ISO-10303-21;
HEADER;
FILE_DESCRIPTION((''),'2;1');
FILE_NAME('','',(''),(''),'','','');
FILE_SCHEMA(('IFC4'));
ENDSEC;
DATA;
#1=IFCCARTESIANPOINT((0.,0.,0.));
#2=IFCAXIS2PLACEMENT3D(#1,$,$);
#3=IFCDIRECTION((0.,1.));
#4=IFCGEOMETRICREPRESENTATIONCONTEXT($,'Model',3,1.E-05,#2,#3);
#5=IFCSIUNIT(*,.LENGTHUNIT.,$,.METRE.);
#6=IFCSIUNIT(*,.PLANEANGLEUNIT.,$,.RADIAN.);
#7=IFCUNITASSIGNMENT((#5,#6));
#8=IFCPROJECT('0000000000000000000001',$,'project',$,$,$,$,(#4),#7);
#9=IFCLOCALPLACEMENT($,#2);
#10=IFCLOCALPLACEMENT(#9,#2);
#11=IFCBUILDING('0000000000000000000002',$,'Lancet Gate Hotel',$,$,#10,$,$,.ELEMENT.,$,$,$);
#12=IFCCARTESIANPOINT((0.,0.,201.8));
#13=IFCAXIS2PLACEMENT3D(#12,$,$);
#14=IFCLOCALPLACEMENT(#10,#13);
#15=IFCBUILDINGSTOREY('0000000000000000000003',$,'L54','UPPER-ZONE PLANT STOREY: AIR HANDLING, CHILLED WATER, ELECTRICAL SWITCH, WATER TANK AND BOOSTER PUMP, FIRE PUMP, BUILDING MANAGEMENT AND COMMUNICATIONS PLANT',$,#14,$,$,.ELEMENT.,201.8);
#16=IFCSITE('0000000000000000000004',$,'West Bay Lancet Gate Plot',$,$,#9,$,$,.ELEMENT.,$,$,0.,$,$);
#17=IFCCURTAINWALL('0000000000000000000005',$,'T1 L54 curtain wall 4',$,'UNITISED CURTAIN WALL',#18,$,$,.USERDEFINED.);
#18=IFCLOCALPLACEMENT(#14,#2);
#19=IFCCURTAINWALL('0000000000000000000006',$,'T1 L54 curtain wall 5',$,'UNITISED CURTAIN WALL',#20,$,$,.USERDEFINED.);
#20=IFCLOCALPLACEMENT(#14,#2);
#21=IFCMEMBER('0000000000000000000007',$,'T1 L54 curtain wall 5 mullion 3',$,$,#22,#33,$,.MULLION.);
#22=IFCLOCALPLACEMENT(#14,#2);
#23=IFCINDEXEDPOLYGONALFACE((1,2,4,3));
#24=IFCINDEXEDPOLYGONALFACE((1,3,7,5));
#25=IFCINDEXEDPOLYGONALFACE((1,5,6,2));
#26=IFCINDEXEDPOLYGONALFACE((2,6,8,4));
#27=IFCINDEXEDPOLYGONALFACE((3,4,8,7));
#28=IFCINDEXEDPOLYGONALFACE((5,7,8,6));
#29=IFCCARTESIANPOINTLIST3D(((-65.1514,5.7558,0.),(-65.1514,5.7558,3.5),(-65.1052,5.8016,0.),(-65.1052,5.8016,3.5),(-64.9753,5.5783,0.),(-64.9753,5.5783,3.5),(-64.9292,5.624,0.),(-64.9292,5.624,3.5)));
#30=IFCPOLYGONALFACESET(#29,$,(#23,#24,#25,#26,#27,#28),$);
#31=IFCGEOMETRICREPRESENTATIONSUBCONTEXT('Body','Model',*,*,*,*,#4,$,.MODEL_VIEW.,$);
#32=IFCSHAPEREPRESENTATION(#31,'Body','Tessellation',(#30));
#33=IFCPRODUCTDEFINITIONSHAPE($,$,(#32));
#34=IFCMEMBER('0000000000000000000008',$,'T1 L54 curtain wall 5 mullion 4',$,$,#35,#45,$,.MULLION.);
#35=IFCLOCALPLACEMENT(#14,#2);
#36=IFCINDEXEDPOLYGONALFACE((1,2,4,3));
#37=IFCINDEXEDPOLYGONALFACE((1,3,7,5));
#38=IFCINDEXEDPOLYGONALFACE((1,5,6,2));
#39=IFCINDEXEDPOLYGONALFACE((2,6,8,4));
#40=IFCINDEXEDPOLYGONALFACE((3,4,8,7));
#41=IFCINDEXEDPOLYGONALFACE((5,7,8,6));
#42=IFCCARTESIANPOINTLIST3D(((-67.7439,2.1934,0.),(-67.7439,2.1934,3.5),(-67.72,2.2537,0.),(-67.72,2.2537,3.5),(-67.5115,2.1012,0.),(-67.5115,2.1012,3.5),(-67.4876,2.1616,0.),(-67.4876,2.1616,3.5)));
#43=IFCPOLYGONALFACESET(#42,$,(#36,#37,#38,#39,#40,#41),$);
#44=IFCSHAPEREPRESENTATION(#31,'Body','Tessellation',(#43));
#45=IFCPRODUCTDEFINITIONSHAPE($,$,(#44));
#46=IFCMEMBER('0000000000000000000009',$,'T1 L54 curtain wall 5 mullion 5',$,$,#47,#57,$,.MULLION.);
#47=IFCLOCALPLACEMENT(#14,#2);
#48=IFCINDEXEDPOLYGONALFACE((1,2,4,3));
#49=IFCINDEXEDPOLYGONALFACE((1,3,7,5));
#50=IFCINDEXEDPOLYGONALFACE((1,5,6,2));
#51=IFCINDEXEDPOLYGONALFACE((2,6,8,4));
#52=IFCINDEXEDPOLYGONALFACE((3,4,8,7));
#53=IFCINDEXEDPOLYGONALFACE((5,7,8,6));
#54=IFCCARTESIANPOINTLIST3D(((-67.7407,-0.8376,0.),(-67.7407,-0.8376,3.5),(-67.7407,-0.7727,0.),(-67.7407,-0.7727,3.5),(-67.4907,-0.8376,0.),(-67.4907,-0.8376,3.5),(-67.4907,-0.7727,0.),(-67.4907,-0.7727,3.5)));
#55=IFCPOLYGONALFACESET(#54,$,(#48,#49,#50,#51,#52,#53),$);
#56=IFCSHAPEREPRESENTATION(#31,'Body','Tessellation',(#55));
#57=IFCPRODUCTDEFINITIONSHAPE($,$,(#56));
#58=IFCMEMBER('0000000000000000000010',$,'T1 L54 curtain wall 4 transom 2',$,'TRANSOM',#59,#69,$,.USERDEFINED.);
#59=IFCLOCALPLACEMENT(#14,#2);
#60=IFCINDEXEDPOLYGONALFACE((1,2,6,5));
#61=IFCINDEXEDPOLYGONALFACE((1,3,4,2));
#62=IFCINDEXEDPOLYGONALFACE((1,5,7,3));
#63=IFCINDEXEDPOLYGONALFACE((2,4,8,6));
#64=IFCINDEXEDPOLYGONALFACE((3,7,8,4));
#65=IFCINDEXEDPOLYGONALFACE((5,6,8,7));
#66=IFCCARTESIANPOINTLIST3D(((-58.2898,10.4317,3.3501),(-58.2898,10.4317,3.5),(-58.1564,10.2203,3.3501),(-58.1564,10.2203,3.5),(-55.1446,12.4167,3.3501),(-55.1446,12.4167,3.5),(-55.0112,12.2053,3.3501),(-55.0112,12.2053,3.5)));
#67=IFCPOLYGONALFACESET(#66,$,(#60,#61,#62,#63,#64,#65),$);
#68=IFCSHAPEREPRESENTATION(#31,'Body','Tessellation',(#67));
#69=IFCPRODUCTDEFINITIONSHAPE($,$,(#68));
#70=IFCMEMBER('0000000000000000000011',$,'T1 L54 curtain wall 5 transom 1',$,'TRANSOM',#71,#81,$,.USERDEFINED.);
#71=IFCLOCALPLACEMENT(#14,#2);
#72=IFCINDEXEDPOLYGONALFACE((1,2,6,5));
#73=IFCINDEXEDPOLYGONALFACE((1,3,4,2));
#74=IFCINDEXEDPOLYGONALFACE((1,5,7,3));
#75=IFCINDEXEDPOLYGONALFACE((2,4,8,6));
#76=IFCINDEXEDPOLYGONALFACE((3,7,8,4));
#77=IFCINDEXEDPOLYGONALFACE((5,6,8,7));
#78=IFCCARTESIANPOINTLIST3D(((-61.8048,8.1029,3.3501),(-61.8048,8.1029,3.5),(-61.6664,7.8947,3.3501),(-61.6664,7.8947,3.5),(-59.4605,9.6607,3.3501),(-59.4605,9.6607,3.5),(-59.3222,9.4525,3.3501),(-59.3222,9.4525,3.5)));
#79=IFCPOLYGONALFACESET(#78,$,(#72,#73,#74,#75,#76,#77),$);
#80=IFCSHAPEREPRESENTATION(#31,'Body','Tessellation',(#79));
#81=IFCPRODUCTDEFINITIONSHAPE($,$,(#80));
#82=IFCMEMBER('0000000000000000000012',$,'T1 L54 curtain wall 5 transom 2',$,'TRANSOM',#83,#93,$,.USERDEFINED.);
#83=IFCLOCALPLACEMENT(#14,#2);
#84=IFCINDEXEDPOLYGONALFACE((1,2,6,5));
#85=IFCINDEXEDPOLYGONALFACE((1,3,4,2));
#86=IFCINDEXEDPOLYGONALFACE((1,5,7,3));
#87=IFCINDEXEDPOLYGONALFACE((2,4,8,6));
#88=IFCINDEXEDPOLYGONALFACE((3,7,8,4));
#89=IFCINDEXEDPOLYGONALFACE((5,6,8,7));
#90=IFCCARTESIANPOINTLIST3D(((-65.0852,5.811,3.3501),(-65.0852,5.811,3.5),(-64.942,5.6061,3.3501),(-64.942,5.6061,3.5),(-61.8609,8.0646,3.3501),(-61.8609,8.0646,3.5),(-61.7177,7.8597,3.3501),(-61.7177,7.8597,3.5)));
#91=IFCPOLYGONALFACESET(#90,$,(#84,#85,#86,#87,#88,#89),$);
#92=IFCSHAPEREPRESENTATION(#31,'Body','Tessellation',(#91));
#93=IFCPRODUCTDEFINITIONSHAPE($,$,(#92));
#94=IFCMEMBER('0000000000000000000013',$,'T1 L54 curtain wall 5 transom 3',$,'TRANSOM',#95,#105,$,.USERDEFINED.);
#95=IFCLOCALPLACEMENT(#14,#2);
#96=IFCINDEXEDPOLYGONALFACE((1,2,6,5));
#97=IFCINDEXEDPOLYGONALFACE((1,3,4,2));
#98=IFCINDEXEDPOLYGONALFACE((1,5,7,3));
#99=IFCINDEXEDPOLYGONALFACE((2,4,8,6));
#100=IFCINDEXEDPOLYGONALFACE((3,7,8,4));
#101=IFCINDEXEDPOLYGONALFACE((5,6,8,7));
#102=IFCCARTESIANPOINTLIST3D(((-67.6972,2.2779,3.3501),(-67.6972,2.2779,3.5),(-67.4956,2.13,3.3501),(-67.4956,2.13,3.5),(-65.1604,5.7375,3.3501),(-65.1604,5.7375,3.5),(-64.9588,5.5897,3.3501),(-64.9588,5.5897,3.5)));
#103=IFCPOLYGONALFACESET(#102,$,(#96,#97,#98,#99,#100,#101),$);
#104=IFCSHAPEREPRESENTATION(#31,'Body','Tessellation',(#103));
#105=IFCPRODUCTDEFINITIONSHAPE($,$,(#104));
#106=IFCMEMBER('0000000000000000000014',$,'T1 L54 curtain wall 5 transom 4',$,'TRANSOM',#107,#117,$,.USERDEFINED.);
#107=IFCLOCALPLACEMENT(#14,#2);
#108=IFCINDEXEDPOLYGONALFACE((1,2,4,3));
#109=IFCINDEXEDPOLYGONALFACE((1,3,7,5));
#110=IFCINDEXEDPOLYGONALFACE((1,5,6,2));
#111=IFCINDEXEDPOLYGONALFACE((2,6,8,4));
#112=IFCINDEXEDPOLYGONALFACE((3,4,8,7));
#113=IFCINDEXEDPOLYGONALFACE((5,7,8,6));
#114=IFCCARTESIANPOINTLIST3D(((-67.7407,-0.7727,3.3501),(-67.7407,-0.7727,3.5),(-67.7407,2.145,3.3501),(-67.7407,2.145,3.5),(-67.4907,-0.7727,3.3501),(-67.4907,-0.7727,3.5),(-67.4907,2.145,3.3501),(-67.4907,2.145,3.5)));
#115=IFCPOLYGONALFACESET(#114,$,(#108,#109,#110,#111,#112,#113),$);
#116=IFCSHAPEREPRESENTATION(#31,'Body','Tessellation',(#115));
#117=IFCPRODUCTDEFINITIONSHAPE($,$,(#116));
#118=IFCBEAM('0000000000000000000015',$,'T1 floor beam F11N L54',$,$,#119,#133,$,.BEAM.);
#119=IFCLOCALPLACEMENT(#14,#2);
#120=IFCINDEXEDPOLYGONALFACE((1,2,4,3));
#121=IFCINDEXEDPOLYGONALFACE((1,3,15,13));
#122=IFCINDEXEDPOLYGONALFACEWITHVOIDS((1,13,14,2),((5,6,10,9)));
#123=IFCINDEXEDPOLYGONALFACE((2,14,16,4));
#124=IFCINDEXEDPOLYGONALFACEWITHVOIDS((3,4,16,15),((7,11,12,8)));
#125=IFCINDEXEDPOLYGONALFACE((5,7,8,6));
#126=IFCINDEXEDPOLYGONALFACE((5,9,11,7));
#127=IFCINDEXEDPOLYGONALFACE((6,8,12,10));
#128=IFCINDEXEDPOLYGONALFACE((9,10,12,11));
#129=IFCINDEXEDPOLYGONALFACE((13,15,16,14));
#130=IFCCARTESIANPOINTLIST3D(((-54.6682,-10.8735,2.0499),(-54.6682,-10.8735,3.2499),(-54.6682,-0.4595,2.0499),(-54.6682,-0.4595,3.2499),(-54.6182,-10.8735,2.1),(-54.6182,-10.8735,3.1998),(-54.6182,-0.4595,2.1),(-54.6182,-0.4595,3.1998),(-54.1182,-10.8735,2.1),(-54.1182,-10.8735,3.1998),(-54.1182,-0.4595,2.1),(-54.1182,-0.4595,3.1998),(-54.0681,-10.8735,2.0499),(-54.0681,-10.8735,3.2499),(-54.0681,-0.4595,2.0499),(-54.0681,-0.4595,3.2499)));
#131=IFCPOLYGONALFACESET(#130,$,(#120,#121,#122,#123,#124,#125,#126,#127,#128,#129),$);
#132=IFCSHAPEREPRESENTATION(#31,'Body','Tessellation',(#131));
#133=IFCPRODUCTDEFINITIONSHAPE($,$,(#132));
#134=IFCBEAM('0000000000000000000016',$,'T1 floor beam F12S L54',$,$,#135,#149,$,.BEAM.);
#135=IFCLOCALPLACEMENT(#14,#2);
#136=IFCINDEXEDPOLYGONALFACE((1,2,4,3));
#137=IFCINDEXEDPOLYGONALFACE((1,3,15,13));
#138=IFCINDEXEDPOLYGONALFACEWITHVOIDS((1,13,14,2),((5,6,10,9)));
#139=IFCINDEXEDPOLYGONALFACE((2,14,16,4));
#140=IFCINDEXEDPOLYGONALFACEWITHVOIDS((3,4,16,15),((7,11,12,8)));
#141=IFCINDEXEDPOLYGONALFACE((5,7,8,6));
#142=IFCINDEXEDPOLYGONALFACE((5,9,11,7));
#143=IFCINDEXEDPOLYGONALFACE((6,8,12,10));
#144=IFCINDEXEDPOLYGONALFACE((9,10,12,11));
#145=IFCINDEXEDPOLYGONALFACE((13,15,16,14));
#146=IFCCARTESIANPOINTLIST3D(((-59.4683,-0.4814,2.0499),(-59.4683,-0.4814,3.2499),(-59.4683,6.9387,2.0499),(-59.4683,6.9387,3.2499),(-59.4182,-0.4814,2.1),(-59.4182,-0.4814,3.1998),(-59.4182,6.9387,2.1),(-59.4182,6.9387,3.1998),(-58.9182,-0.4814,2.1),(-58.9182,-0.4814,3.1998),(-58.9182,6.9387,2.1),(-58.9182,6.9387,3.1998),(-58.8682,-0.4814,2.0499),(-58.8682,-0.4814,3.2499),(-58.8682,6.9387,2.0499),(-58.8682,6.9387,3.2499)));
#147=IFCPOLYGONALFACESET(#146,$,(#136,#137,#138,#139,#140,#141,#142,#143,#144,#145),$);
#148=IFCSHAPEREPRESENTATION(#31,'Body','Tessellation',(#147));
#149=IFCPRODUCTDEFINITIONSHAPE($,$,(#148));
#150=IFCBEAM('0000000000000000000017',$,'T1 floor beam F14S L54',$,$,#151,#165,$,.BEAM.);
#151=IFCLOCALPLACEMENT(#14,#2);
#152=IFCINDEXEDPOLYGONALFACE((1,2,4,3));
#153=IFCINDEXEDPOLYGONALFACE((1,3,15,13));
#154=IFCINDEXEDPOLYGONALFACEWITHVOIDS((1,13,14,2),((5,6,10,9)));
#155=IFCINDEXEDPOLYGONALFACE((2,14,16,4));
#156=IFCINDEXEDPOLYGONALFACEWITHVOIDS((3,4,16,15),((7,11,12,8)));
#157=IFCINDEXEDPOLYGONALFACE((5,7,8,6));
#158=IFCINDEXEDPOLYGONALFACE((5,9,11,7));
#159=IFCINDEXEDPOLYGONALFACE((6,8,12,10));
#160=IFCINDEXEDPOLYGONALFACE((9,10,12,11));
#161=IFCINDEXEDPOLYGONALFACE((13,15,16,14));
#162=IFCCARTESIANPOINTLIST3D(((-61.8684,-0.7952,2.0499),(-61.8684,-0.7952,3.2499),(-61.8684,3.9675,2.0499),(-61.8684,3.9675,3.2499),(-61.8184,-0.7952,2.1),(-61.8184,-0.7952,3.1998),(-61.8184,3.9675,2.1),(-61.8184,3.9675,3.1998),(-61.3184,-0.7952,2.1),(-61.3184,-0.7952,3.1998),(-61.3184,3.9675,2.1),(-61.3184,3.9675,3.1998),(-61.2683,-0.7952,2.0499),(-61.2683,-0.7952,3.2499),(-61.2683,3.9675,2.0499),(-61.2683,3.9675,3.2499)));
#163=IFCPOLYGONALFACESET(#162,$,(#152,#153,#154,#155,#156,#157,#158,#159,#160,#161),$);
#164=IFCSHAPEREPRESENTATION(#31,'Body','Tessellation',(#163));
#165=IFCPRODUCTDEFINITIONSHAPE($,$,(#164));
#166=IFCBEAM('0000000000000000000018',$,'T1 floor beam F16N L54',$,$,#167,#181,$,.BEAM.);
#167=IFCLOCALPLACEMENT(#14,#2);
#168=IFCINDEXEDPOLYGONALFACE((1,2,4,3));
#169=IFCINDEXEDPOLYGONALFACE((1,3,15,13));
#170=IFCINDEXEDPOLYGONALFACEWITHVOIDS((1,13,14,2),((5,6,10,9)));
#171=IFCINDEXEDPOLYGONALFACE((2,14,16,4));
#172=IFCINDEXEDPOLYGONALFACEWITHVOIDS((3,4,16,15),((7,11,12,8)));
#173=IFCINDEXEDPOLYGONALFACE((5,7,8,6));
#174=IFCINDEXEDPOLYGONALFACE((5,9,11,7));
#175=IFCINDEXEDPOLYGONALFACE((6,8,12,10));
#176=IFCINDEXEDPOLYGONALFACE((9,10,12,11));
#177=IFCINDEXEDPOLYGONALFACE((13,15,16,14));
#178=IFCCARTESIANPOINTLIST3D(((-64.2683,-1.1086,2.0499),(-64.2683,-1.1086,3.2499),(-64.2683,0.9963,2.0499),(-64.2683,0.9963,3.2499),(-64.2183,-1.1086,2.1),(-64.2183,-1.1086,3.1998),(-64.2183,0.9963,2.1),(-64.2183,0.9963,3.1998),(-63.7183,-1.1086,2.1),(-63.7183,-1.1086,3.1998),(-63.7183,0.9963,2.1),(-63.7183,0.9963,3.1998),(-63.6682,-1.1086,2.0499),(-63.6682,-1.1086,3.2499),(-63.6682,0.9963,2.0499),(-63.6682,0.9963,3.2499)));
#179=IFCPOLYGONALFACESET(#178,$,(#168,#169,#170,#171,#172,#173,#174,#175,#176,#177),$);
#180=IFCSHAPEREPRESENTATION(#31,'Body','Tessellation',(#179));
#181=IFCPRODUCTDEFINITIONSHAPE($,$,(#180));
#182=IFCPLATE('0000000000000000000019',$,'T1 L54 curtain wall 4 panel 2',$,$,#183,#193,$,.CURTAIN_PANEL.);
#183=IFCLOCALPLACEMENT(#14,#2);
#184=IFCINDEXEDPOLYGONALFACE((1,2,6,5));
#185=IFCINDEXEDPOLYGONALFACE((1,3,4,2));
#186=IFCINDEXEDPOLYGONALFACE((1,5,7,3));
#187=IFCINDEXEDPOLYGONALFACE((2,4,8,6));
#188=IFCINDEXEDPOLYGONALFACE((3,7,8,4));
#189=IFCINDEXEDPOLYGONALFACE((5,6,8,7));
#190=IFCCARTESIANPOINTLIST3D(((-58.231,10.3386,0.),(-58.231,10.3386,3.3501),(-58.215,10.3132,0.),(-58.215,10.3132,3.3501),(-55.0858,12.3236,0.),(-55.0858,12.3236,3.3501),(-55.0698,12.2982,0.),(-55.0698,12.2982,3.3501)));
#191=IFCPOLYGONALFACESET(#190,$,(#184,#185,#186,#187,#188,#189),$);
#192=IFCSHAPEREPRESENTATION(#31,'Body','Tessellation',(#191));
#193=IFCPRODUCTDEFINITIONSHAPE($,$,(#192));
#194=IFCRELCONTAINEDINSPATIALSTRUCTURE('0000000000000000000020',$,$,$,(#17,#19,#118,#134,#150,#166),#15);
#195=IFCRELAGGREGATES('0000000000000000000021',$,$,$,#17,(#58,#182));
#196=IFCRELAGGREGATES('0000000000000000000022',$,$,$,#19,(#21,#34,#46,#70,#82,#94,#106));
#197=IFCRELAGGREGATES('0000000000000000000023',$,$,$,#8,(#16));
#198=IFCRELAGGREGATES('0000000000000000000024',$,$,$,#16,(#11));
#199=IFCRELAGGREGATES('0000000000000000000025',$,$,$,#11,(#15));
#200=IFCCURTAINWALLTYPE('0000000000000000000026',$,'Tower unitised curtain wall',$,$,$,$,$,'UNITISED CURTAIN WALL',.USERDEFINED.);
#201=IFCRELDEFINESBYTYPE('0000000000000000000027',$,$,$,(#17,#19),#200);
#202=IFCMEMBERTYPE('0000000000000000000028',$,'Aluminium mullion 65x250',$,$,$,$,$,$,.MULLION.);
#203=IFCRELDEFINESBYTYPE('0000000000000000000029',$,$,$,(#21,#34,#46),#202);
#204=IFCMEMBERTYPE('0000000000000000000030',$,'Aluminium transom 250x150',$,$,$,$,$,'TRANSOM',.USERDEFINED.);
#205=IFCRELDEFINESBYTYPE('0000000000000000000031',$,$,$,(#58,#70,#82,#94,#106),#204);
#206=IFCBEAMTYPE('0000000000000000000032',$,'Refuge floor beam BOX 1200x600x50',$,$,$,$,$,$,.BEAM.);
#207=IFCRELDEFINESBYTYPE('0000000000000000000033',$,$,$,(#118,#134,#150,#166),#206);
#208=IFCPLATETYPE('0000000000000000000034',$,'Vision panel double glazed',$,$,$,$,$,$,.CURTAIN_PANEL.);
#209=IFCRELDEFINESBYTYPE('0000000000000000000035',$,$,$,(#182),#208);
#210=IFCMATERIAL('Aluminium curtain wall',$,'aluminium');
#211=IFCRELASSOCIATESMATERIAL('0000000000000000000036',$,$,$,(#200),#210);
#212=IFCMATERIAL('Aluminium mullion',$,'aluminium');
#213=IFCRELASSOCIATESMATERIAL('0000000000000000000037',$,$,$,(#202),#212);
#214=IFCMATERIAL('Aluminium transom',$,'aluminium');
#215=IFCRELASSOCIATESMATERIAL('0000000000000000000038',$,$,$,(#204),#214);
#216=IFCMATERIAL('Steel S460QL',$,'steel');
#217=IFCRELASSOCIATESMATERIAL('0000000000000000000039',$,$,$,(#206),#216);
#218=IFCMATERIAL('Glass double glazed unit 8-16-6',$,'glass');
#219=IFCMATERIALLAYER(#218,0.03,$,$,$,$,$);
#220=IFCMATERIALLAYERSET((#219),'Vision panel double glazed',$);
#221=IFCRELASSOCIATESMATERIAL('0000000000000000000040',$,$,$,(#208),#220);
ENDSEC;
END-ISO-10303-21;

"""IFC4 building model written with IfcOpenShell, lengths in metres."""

from ifc_helpers import new_model, si_unit, direction, frame, origin, origin_2d, place, context, subcontext, project, spatial, rectangle, hollow_rectangle, extrude, material, layer, layer_set, material_profile, profile_set, type_object, element, aggregate, save


model = new_model("IFC4")

# Units and contexts
model_context = context("Model", 3, precision=1e-05, world=origin(), true_north=direction((0.0, 1.0)))
body_context = subcontext(model_context, "Body", "Model", "MODEL_VIEW")
ifc_project = project(units=[si_unit("LENGTHUNIT", "METRE"), si_unit("PLANEANGLEUNIT", "RADIAN")], contexts=[model_context])

# Site, building, storey
site_placement = place(None, origin())
site = spatial("IfcSite", under=ifc_project, at=site_placement, Name="West Bay Lancet Gate Plot", CompositionType="ELEMENT", RefElevation=0.0)
building_placement = place(site_placement, origin())
building = spatial("IfcBuilding", under=site, at=building_placement, Name="Lancet Gate Hotel", CompositionType="ELEMENT")
storey_placement = place(building_placement, frame((0.0, 0.0, 201.8)))
storey = spatial("IfcBuildingStorey", under=building, at=storey_placement, Name="L54", Description="UPPER-ZONE PLANT STOREY: AIR HANDLING, CHILLED WATER, ELECTRICAL SWITCH, WATER TANK AND BOOSTER PUMP, FIRE PUMP, BUILDING MANAGEMENT AND COMMUNICATIONS PLANT", CompositionType="ELEMENT", Elevation=201.8)

# Curtain walls, members
ifc_material_1 = material(Name="Aluminium curtain wall", Category="aluminium")
curtain_wall_type = type_object("IfcCurtainWallType", Name="Tower unitised curtain wall", ElementType="UNITISED CURTAIN WALL", PredefinedType="USERDEFINED", material=ifc_material_1)
curtain_wall_1_placement = place(storey_placement, origin())
curtain_wall_1 = element("IfcCurtainWall", 1, at=curtain_wall_1_placement, inside=storey, type_object=curtain_wall_type, Name="T1 L54 curtain wall 4", ObjectType="UNITISED CURTAIN WALL", PredefinedType="USERDEFINED")
ifc_material_2 = material(Name="Aluminium mullion", Category="aluminium")
ifc_material_profile_1 = material_profile(ifc_material_2, rectangle(XDim=0.0649, YDim=0.25, at=origin_2d()), Name="MULLION 65x250")
ifc_profile_set_1 = profile_set([ifc_material_profile_1], Name="Aluminium mullion")
member_type_1 = type_object("IfcMemberType", Name="Aluminium mullion 65x250", PredefinedType="MULLION", material=ifc_profile_set_1)
curtain_wall_2_placement = place(storey_placement, origin())
curtain_wall_2 = element("IfcCurtainWall", 2, at=curtain_wall_2_placement, inside=storey, type_object=curtain_wall_type, Name="T1 L54 curtain wall 5", ObjectType="UNITISED CURTAIN WALL", PredefinedType="USERDEFINED")
member_1_placement = place(storey_placement, frame((-65.0403, 5.6899, 0.0), z_axis=(0.0, 0.0, 1.0), x_axis=(-0.710113, -0.704088, 0.0)))
member_1 = element("IfcMember", 3, at=member_1_placement, type_object=member_type_1, Name="T1 L54 curtain wall 5 mullion 3", PredefinedType="MULLION", context=body_context, shape_type="SweptSolid", body=[
    extrude(rectangle(XDim=0.0649, YDim=0.25, at=origin_2d()), origin(), (0.0, 0.0, 1.0), 3.5),
])
member_2_placement = place(storey_placement, frame((-67.6157, 2.1775, 0.0), z_axis=(0.0, 0.0, 1.0), x_axis=(-0.36858, -0.929596, 0.0)))
member_2 = element("IfcMember", 4, at=member_2_placement, type_object=member_type_1, Name="T1 L54 curtain wall 5 mullion 4", PredefinedType="MULLION", context=body_context, shape_type="SweptSolid", body=[
    extrude(rectangle(XDim=0.0649, YDim=0.25, at=origin_2d()), origin(), (0.0, 0.0, 1.0), 3.5),
])
member_3_placement = place(storey_placement, frame((-67.6157, -0.8052, 0.0), z_axis=(0.0, 0.0, 1.0), x_axis=(0.0, -1.0, 0.0)))
member_3 = element("IfcMember", 5, at=member_3_placement, type_object=member_type_1, Name="T1 L54 curtain wall 5 mullion 5", PredefinedType="MULLION", context=body_context, shape_type="SweptSolid", body=[
    extrude(rectangle(XDim=0.0649, YDim=0.25, at=origin_2d()), origin(), (0.0, 0.0, 1.0), 3.5),
])

# Members
ifc_material_3 = material(Name="Aluminium transom", Category="aluminium")
ifc_material_profile_2 = material_profile(ifc_material_3, rectangle(XDim=0.25, YDim=0.1499, at=origin_2d()), Name="TRANSOM 250x150")
ifc_profile_set_2 = profile_set([ifc_material_profile_2], Name="Aluminium transom")
member_type_2 = type_object("IfcMemberType", Name="Aluminium transom 250x150", ElementType="TRANSOM", PredefinedType="USERDEFINED", material=ifc_profile_set_2)
member_4_placement = place(storey_placement, frame((-55.0779, 12.311, 3.425), z_axis=(-0.845656, -0.533729, 0.0), x_axis=(0.533729, -0.845656, 0.0)))
member_4 = element("IfcMember", 6, at=member_4_placement, type_object=member_type_2, Name="T1 L54 curtain wall 4 transom 2", ObjectType="TRANSOM", PredefinedType="USERDEFINED", context=body_context, shape_type="SweptSolid", body=[
    extrude(rectangle(XDim=0.25, YDim=0.1499, at=origin_2d()), origin(), (0.0, 0.0, 1.0), 3.7192),
])
member_5_placement = place(storey_placement, frame((-59.3914, 9.5566, 3.425), z_axis=(-0.832863, -0.553479, 0.0), x_axis=(0.553479, -0.832863, 0.0)))
member_5 = element("IfcMember", 7, at=member_5_placement, type_object=member_type_2, Name="T1 L54 curtain wall 5 transom 1", ObjectType="TRANSOM", PredefinedType="USERDEFINED", context=body_context, shape_type="SweptSolid", body=[
    extrude(rectangle(XDim=0.25, YDim=0.1499, at=origin_2d()), origin(), (0.0, 0.0, 1.0), 2.8147),
])
member_6_placement = place(storey_placement, frame((-61.7893, 7.9622, 3.425), z_axis=(-0.819637, -0.572883, 0.0), x_axis=(0.572883, -0.819637, 0.0)))
member_6 = element("IfcMember", 8, at=member_6_placement, type_object=member_type_2, Name="T1 L54 curtain wall 5 transom 2", ObjectType="TRANSOM", PredefinedType="USERDEFINED", context=body_context, shape_type="SweptSolid", body=[
    extrude(rectangle(XDim=0.25, YDim=0.1499, at=origin_2d()), origin(), (0.0, 0.0, 1.0), 3.9338),
])
member_7_placement = place(storey_placement, frame((-65.0596, 5.6636, 3.425), z_axis=(-0.591324, -0.806434, 0.0), x_axis=(0.806434, -0.591324, 0.0)))
member_7 = element("IfcMember", 9, at=member_7_placement, type_object=member_type_2, Name="T1 L54 curtain wall 5 transom 3", ObjectType="TRANSOM", PredefinedType="USERDEFINED", context=body_context, shape_type="SweptSolid", body=[
    extrude(rectangle(XDim=0.25, YDim=0.1499, at=origin_2d()), origin(), (0.0, 0.0, 1.0), 4.29),
])
member_8_placement = place(storey_placement, frame((-67.6157, 2.145, 3.425), z_axis=(0.0, -1.0, 0.0), x_axis=(1.0, 0.0, 0.0)))
member_8 = element("IfcMember", 10, at=member_8_placement, type_object=member_type_2, Name="T1 L54 curtain wall 5 transom 4", ObjectType="TRANSOM", PredefinedType="USERDEFINED", context=body_context, shape_type="SweptSolid", body=[
    extrude(rectangle(XDim=0.25, YDim=0.1499, at=origin_2d()), origin(), (0.0, 0.0, 1.0), 2.9177),
])

# Beams
ifc_material_4 = material(Name="Steel S460QL", Category="steel")
ifc_material_profile_3 = material_profile(ifc_material_4, hollow_rectangle(XDim=0.6001, YDim=1.2, WallThickness=0.05, at=origin_2d()), Name="BOX 1200x600x50")
ifc_profile_set_3 = profile_set([ifc_material_profile_3], Name="Steel S460QL")
beam_type = type_object("IfcBeamType", Name="Refuge floor beam BOX 1200x600x50", PredefinedType="BEAM", material=ifc_profile_set_3)
beam_1_placement = place(storey_placement, frame((-54.3682, -0.4595, 2.6499), z_axis=(0.0, -1.0, 0.0), x_axis=(1.0, 0.0, 0.0)))
element("IfcBeam", 11, at=beam_1_placement, inside=storey, type_object=beam_type, Name="T1 floor beam F11N L54", PredefinedType="BEAM", context=body_context, shape_type="SweptSolid", body=[
    extrude(hollow_rectangle(XDim=0.6001, YDim=1.2, WallThickness=0.05, at=origin_2d()), origin(), (0.0, 0.0, 1.0), 10.4141),
])
beam_2_placement = place(storey_placement, frame((-59.1682, 6.9387, 2.6499), z_axis=(0.0, -1.0, 0.0), x_axis=(1.0, 0.0, 0.0)))
element("IfcBeam", 12, at=beam_2_placement, inside=storey, type_object=beam_type, Name="T1 floor beam F12S L54", PredefinedType="BEAM", context=body_context, shape_type="SweptSolid", body=[
    extrude(hollow_rectangle(XDim=0.6001, YDim=1.2, WallThickness=0.05, at=origin_2d()), origin(), (0.0, 0.0, 1.0), 7.4202),
])
beam_3_placement = place(storey_placement, frame((-61.5684, 3.9675, 2.6499), z_axis=(0.0, -1.0, 0.0), x_axis=(1.0, 0.0, 0.0)))
element("IfcBeam", 13, at=beam_3_placement, inside=storey, type_object=beam_type, Name="T1 floor beam F14S L54", PredefinedType="BEAM", context=body_context, shape_type="SweptSolid", body=[
    extrude(hollow_rectangle(XDim=0.6001, YDim=1.2, WallThickness=0.05, at=origin_2d()), origin(), (0.0, 0.0, 1.0), 4.7627),
])
beam_4_placement = place(storey_placement, frame((-63.9683, 0.9963, 2.6499), z_axis=(0.0, -1.0, 0.0), x_axis=(1.0, 0.0, 0.0)))
element("IfcBeam", 14, at=beam_4_placement, inside=storey, type_object=beam_type, Name="T1 floor beam F16N L54", PredefinedType="BEAM", context=body_context, shape_type="SweptSolid", body=[
    extrude(hollow_rectangle(XDim=0.6001, YDim=1.2, WallThickness=0.05, at=origin_2d()), origin(), (0.0, 0.0, 1.0), 2.105),
])

# Plate
ifc_material_5 = material(Name="Glass double glazed unit 8-16-6", Category="glass")
ifc_layer_1 = layer(ifc_material_5, 0.03)
ifc_layer_set_1 = layer_set([ifc_layer_1], Name="Vision panel double glazed")
plate_type = type_object("IfcPlateType", Name="Vision panel double glazed", PredefinedType="CURTAIN_PANEL", material=ifc_layer_set_1)
plate_1_placement = place(storey_placement, frame((-56.6504, 11.3184, 0.0), z_axis=(0.0, 0.0, 1.0), x_axis=(-0.845667, -0.533711, 0.0)))
plate_1 = element("IfcPlate", 15, at=plate_1_placement, type_object=plate_type, Name="T1 L54 curtain wall 4 panel 2", PredefinedType="CURTAIN_PANEL", context=body_context, shape_type="SweptSolid", body=[
    extrude(rectangle(XDim=3.7192, YDim=0.03, at=origin_2d()), origin(), (0.0, 0.0, 1.0), 3.3501),
])
aggregate(curtain_wall_1, [member_4, plate_1])
aggregate(curtain_wall_2, [member_1, member_2, member_3, member_5, member_6, member_7, member_8])

save(model, "model.ifc")
